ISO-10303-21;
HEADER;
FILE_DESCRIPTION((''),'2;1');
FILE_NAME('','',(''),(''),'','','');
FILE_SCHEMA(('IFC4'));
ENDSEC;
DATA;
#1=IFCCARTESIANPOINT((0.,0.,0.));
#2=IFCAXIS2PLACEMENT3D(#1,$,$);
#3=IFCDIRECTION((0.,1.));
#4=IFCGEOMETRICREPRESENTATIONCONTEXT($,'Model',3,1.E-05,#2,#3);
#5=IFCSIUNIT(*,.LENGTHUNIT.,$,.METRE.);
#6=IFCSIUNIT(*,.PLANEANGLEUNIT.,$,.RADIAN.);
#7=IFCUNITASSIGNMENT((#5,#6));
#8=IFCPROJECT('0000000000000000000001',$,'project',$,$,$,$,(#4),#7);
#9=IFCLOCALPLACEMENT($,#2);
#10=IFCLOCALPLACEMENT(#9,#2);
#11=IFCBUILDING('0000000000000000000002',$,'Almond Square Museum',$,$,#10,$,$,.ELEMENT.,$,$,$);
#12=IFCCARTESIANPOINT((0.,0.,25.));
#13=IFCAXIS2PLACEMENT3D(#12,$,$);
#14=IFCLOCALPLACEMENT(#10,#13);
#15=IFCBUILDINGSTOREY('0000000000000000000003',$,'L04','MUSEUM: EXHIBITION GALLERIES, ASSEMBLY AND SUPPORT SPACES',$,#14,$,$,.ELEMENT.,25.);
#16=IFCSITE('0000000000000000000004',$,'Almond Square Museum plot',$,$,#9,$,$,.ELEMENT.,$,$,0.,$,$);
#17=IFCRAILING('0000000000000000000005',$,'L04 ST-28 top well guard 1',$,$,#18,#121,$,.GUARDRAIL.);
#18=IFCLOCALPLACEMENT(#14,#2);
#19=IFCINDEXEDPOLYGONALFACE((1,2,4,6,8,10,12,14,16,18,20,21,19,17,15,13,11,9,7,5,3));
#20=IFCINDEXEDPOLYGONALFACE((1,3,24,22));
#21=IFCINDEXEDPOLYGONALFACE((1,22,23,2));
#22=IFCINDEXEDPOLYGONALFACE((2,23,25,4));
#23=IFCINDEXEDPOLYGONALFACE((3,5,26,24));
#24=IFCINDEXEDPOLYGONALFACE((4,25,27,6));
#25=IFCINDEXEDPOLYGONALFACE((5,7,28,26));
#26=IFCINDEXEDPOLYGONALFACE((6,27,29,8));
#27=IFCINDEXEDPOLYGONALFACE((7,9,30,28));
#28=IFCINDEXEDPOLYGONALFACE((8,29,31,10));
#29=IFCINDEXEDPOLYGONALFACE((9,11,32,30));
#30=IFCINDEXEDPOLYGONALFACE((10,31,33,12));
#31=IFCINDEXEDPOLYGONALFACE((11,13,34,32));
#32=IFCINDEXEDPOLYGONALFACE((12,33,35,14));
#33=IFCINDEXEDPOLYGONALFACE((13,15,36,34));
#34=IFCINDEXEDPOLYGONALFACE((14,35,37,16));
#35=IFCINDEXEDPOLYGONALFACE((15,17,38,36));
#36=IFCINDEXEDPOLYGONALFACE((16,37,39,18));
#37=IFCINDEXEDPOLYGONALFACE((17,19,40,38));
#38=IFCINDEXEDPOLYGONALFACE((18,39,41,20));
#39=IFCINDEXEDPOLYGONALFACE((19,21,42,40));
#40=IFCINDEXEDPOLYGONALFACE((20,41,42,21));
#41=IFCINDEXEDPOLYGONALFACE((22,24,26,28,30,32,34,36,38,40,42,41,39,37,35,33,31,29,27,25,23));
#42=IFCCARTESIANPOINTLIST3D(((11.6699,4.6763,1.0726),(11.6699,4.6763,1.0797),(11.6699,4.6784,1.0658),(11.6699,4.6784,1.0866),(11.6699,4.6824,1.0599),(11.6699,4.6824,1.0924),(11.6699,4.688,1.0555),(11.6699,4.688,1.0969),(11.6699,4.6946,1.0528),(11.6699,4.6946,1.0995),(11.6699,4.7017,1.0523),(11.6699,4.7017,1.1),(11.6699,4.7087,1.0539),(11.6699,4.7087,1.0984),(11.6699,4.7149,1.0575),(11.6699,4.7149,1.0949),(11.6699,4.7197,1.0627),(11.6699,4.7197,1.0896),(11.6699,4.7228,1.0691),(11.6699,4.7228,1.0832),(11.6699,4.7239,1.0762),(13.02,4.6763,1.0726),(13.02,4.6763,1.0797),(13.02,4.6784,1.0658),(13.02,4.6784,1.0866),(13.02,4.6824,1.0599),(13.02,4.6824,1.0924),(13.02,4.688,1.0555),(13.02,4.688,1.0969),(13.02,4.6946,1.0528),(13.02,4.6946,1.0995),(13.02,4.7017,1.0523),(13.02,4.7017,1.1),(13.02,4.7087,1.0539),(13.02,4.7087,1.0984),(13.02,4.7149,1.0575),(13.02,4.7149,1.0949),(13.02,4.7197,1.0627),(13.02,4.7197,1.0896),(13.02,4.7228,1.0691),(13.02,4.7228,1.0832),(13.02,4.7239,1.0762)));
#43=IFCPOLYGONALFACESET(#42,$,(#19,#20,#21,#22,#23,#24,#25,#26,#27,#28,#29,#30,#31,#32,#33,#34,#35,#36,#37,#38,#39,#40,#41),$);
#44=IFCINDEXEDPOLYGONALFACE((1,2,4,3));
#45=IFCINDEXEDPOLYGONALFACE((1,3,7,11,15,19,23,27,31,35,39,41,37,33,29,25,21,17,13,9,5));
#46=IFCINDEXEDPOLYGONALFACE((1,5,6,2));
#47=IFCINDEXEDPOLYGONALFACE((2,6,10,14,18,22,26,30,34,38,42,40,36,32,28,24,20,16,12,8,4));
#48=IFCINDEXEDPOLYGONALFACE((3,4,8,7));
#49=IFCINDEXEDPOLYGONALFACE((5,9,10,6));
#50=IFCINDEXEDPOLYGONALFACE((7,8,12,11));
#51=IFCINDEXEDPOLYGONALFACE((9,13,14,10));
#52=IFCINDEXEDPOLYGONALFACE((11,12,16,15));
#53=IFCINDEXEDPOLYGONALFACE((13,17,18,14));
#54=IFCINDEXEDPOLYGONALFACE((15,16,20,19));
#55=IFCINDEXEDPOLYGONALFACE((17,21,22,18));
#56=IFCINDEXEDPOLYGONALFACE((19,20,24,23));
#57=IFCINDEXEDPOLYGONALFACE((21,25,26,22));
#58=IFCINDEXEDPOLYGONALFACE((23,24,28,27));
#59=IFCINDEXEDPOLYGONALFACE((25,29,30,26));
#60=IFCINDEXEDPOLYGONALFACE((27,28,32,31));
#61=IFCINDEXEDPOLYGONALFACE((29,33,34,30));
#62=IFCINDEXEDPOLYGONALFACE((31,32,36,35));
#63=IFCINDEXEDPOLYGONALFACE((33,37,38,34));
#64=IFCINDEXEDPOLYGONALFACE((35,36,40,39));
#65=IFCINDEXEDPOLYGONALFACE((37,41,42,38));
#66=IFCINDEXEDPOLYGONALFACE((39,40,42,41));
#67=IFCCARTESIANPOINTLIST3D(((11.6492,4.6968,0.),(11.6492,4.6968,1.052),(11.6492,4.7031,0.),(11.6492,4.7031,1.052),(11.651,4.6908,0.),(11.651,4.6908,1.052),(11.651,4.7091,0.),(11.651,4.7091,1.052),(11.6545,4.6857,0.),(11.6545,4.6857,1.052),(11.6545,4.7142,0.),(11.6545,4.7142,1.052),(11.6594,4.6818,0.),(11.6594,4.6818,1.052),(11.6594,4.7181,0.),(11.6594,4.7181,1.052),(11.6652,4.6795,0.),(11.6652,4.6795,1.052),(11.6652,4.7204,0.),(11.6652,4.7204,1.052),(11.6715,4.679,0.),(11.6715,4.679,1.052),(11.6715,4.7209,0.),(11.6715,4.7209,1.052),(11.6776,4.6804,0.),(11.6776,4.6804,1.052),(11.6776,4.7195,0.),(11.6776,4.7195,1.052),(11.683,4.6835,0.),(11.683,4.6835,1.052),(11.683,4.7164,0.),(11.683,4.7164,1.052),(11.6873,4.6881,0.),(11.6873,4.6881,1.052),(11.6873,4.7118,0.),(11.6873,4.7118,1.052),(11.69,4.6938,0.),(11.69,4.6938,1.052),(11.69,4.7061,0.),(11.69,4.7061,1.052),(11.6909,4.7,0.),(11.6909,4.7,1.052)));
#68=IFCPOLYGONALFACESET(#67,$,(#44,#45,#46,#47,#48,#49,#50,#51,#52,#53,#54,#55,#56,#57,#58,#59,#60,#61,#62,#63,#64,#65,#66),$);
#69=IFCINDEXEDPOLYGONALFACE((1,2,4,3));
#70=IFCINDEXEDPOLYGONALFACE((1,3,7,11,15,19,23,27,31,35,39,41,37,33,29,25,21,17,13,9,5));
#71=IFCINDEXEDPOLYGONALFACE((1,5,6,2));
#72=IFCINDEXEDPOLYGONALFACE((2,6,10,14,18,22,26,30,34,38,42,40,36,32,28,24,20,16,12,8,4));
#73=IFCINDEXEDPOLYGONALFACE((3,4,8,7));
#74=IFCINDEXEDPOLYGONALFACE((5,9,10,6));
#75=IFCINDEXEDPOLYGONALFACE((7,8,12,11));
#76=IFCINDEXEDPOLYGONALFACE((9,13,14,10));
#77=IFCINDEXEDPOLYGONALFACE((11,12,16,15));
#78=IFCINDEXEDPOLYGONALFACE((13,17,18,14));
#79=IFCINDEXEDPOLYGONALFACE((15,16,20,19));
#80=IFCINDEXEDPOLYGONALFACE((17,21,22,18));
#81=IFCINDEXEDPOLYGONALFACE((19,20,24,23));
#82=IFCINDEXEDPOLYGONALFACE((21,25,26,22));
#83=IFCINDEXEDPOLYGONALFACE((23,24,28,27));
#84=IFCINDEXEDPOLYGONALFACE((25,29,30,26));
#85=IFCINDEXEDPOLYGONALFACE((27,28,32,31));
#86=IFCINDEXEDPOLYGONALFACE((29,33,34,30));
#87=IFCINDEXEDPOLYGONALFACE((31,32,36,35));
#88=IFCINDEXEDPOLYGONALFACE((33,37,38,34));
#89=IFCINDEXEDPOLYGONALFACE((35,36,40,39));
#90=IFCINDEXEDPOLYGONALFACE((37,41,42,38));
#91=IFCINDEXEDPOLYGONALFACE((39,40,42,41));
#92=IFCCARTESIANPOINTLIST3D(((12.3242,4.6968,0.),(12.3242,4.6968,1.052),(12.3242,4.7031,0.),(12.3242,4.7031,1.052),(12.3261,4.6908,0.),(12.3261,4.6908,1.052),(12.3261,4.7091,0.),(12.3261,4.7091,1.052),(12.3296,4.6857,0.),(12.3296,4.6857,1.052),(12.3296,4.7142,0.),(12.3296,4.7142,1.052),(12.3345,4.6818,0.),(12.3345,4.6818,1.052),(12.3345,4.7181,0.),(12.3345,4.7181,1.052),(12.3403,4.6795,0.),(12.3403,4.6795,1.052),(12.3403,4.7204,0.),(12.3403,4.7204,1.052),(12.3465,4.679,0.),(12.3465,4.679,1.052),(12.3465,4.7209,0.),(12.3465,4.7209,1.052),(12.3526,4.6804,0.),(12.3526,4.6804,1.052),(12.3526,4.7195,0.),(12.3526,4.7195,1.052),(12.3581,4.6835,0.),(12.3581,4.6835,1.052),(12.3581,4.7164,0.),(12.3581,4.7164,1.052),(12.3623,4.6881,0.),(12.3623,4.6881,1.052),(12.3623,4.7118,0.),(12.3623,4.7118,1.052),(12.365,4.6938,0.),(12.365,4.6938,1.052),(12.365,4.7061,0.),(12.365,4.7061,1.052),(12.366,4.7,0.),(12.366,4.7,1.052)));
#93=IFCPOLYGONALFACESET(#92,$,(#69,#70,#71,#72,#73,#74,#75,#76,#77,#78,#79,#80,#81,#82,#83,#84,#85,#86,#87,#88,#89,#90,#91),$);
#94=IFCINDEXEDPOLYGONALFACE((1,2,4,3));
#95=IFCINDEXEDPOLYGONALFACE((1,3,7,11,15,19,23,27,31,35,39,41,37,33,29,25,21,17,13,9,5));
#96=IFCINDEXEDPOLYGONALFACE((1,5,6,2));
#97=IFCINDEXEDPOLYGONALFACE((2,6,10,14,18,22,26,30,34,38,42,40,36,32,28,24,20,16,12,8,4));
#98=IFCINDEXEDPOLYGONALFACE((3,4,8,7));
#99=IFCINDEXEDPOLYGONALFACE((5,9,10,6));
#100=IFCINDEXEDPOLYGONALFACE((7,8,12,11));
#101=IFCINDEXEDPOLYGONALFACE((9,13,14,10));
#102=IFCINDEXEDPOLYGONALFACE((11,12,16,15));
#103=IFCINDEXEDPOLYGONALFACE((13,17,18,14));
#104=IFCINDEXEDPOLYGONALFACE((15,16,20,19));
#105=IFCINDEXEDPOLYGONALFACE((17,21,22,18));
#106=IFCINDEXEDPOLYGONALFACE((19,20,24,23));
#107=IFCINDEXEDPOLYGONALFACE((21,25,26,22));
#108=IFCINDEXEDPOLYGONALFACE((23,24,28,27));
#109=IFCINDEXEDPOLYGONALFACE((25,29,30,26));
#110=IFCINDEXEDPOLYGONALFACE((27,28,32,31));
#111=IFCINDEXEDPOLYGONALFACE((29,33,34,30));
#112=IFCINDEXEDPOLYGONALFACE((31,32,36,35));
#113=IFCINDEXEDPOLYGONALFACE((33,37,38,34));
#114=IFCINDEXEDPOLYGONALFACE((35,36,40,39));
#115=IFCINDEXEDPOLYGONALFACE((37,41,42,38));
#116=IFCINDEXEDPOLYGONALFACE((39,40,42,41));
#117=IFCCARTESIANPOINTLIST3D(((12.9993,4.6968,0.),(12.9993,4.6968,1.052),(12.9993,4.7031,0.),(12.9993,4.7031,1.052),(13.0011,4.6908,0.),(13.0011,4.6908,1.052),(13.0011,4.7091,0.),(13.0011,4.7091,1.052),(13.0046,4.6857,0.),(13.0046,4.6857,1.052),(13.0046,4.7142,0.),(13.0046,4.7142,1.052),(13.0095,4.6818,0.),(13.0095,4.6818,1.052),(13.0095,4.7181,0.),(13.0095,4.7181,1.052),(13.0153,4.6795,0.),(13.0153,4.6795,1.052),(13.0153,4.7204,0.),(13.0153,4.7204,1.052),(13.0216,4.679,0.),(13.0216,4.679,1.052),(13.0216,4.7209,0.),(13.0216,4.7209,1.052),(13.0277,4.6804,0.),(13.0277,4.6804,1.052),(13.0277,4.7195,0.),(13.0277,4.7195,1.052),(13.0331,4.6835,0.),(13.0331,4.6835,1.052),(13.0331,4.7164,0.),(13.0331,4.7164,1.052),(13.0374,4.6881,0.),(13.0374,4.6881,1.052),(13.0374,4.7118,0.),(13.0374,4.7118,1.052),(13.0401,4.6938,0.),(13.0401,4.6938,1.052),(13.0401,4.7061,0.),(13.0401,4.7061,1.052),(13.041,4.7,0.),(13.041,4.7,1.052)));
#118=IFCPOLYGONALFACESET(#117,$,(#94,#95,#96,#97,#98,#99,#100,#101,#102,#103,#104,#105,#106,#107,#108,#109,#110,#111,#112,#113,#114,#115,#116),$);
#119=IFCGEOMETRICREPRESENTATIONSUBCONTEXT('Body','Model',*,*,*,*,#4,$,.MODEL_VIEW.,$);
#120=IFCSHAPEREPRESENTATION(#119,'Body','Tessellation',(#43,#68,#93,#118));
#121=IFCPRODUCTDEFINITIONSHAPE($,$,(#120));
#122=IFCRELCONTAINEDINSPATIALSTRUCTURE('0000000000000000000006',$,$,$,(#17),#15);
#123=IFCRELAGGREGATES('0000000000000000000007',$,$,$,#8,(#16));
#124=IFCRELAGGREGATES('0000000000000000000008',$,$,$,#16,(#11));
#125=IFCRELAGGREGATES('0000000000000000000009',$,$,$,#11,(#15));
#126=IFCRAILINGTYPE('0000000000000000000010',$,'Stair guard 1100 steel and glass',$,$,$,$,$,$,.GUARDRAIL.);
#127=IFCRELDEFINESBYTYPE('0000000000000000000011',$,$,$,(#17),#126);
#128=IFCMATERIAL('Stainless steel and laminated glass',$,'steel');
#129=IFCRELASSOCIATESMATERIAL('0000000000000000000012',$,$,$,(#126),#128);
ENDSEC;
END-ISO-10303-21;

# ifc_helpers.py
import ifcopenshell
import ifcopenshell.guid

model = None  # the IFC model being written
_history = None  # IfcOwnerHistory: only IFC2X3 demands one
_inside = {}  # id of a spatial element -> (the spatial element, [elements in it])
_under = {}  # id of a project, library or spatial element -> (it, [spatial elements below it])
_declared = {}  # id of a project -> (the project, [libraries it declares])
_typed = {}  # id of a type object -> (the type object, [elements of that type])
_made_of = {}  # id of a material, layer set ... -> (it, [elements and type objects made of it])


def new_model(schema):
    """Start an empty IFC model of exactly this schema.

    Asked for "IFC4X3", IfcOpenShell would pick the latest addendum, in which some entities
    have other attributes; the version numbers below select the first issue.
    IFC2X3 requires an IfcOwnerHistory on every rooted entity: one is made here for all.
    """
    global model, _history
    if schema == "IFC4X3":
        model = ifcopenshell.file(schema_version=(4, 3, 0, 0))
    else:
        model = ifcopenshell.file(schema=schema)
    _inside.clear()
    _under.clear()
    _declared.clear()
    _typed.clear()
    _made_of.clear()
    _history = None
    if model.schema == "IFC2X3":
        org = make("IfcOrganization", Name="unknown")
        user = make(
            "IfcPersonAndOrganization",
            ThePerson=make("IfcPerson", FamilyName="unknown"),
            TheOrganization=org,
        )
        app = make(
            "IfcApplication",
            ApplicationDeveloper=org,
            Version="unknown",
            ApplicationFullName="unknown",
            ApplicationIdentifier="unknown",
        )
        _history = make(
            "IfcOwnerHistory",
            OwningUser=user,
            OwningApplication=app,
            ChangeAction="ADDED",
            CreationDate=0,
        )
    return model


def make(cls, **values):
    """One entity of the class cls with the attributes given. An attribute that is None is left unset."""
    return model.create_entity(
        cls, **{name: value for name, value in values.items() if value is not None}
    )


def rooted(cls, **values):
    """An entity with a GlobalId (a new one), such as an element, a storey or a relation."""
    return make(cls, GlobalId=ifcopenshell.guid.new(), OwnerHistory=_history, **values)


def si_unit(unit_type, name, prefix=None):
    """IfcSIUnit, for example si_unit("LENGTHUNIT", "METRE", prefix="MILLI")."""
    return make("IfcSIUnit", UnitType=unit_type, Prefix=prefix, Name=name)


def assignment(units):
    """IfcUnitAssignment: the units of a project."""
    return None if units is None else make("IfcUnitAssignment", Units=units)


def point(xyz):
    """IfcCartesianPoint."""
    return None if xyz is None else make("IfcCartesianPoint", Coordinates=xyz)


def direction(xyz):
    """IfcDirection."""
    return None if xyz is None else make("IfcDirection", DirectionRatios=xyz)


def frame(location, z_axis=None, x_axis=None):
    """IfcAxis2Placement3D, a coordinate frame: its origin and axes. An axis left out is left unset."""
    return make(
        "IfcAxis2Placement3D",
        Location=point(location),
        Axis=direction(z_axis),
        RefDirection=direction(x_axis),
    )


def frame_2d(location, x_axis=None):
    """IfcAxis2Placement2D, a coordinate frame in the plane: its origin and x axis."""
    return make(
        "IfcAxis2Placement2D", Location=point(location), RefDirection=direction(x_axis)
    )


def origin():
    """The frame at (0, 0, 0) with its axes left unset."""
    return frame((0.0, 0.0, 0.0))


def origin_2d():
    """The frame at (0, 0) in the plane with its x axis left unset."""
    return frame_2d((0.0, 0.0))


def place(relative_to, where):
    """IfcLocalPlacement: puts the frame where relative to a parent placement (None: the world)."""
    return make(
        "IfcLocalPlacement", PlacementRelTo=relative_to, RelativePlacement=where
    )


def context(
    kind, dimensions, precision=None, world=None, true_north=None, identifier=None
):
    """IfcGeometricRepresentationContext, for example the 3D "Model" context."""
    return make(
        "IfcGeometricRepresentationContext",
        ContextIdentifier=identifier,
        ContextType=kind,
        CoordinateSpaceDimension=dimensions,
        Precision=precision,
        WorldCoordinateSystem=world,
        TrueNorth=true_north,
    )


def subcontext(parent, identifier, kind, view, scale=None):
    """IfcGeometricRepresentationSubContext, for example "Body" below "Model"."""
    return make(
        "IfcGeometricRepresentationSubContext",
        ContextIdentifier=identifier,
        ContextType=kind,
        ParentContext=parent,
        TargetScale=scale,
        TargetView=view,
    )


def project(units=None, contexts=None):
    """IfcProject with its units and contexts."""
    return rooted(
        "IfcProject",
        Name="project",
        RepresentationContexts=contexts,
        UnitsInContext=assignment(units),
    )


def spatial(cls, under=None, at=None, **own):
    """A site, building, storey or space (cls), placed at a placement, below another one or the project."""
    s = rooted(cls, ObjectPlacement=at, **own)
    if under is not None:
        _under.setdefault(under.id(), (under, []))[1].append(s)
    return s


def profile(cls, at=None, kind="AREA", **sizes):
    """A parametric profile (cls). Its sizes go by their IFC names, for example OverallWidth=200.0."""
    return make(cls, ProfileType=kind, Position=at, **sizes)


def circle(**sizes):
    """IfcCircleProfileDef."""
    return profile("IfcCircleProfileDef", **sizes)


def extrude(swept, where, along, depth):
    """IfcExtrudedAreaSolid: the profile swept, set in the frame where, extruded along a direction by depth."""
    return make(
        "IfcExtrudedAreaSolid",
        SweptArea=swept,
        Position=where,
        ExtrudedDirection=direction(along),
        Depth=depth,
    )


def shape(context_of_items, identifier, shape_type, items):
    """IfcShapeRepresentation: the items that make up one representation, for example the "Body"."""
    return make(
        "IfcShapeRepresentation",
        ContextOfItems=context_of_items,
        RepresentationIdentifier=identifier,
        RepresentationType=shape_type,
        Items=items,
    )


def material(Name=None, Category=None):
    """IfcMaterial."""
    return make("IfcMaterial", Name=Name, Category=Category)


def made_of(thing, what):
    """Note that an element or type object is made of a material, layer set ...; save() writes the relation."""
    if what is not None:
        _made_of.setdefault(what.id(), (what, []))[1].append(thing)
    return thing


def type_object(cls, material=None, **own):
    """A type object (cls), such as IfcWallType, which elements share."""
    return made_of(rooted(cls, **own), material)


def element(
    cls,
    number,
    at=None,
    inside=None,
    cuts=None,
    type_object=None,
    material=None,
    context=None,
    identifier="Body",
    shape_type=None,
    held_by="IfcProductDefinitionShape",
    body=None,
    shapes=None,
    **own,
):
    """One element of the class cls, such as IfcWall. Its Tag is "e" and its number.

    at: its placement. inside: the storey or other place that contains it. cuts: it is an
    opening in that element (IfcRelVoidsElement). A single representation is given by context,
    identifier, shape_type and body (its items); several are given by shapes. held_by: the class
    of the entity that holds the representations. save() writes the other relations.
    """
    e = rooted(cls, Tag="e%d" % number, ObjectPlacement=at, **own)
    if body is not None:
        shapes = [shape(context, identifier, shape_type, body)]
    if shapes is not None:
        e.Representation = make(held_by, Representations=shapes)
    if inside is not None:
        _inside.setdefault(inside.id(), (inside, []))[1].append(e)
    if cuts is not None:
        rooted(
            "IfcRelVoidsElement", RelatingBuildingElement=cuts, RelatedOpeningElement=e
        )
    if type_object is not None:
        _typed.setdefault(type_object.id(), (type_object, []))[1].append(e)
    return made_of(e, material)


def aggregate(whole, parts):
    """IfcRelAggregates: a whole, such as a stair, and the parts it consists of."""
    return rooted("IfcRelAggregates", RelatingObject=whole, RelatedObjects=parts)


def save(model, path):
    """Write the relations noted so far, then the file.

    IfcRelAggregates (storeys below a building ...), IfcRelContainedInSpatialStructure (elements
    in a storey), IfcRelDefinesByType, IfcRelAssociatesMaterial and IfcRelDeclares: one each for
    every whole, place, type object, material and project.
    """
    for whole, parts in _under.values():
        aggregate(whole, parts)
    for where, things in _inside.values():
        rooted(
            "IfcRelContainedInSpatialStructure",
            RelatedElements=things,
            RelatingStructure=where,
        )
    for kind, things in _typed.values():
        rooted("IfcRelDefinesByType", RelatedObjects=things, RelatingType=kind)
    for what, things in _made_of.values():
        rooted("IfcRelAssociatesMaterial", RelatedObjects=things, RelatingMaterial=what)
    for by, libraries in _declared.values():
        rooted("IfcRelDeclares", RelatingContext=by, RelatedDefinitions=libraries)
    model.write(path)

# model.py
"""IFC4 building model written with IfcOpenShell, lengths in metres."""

from ifc_helpers import new_model, si_unit, direction, frame, origin, origin_2d, place, context, subcontext, project, spatial, circle, extrude, material, type_object, element, save


model = new_model("IFC4")

# Units and contexts
model_context = context("Model", 3, precision=1e-05, world=origin(), true_north=direction((0.0, 1.0)))
body_context = subcontext(model_context, "Body", "Model", "MODEL_VIEW")
ifc_project = project(units=[si_unit("LENGTHUNIT", "METRE"), si_unit("PLANEANGLEUNIT", "RADIAN")], contexts=[model_context])

# Site, building, storey
site_placement = place(None, origin())
site = spatial("IfcSite", under=ifc_project, at=site_placement, Name="Almond Square Museum plot", CompositionType="ELEMENT", RefElevation=0.0)
building_placement = place(site_placement, origin())
building = spatial("IfcBuilding", under=site, at=building_placement, Name="Almond Square Museum", CompositionType="ELEMENT")
storey_placement = place(building_placement, frame((0.0, 0.0, 25.0)))
storey = spatial("IfcBuildingStorey", under=building, at=storey_placement, Name="L04", Description="MUSEUM: EXHIBITION GALLERIES, ASSEMBLY AND SUPPORT SPACES", CompositionType="ELEMENT", Elevation=25.0)

# Railing
ifc_material_1 = material(Name="Stainless steel and laminated glass", Category="steel")
railing_type = type_object("IfcRailingType", Name="Stair guard 1100 steel and glass", PredefinedType="GUARDRAIL", material=ifc_material_1)
railing_placement = place(storey_placement, frame((11.6699, 4.7, 0.0)))
element("IfcRailing", 1, at=railing_placement, inside=storey, type_object=railing_type, Name="L04 ST-28 top well guard 1", PredefinedType="GUARDRAIL", context=body_context, shape_type="SweptSolid", body=[
    extrude(circle(Radius=0.0239, at=origin_2d()), frame((0.0, 0.0, 1.0762), z_axis=(1.0, 0.0, 0.0), x_axis=(0.0, 1.0, 0.0)), (0.0, 0.0, 1.0), 1.3501),
    extrude(circle(Radius=0.021, at=origin_2d()), origin(), (0.0, 0.0, 1.0), 1.052),
    extrude(circle(Radius=0.021, at=origin_2d()), frame((0.675, 0.0, 0.0)), (0.0, 0.0, 1.0), 1.052),
    extrude(circle(Radius=0.021, at=origin_2d()), frame((1.3501, 0.0, 0.0)), (0.0, 0.0, 1.0), 1.052),
])

save(model, "model.ifc")
